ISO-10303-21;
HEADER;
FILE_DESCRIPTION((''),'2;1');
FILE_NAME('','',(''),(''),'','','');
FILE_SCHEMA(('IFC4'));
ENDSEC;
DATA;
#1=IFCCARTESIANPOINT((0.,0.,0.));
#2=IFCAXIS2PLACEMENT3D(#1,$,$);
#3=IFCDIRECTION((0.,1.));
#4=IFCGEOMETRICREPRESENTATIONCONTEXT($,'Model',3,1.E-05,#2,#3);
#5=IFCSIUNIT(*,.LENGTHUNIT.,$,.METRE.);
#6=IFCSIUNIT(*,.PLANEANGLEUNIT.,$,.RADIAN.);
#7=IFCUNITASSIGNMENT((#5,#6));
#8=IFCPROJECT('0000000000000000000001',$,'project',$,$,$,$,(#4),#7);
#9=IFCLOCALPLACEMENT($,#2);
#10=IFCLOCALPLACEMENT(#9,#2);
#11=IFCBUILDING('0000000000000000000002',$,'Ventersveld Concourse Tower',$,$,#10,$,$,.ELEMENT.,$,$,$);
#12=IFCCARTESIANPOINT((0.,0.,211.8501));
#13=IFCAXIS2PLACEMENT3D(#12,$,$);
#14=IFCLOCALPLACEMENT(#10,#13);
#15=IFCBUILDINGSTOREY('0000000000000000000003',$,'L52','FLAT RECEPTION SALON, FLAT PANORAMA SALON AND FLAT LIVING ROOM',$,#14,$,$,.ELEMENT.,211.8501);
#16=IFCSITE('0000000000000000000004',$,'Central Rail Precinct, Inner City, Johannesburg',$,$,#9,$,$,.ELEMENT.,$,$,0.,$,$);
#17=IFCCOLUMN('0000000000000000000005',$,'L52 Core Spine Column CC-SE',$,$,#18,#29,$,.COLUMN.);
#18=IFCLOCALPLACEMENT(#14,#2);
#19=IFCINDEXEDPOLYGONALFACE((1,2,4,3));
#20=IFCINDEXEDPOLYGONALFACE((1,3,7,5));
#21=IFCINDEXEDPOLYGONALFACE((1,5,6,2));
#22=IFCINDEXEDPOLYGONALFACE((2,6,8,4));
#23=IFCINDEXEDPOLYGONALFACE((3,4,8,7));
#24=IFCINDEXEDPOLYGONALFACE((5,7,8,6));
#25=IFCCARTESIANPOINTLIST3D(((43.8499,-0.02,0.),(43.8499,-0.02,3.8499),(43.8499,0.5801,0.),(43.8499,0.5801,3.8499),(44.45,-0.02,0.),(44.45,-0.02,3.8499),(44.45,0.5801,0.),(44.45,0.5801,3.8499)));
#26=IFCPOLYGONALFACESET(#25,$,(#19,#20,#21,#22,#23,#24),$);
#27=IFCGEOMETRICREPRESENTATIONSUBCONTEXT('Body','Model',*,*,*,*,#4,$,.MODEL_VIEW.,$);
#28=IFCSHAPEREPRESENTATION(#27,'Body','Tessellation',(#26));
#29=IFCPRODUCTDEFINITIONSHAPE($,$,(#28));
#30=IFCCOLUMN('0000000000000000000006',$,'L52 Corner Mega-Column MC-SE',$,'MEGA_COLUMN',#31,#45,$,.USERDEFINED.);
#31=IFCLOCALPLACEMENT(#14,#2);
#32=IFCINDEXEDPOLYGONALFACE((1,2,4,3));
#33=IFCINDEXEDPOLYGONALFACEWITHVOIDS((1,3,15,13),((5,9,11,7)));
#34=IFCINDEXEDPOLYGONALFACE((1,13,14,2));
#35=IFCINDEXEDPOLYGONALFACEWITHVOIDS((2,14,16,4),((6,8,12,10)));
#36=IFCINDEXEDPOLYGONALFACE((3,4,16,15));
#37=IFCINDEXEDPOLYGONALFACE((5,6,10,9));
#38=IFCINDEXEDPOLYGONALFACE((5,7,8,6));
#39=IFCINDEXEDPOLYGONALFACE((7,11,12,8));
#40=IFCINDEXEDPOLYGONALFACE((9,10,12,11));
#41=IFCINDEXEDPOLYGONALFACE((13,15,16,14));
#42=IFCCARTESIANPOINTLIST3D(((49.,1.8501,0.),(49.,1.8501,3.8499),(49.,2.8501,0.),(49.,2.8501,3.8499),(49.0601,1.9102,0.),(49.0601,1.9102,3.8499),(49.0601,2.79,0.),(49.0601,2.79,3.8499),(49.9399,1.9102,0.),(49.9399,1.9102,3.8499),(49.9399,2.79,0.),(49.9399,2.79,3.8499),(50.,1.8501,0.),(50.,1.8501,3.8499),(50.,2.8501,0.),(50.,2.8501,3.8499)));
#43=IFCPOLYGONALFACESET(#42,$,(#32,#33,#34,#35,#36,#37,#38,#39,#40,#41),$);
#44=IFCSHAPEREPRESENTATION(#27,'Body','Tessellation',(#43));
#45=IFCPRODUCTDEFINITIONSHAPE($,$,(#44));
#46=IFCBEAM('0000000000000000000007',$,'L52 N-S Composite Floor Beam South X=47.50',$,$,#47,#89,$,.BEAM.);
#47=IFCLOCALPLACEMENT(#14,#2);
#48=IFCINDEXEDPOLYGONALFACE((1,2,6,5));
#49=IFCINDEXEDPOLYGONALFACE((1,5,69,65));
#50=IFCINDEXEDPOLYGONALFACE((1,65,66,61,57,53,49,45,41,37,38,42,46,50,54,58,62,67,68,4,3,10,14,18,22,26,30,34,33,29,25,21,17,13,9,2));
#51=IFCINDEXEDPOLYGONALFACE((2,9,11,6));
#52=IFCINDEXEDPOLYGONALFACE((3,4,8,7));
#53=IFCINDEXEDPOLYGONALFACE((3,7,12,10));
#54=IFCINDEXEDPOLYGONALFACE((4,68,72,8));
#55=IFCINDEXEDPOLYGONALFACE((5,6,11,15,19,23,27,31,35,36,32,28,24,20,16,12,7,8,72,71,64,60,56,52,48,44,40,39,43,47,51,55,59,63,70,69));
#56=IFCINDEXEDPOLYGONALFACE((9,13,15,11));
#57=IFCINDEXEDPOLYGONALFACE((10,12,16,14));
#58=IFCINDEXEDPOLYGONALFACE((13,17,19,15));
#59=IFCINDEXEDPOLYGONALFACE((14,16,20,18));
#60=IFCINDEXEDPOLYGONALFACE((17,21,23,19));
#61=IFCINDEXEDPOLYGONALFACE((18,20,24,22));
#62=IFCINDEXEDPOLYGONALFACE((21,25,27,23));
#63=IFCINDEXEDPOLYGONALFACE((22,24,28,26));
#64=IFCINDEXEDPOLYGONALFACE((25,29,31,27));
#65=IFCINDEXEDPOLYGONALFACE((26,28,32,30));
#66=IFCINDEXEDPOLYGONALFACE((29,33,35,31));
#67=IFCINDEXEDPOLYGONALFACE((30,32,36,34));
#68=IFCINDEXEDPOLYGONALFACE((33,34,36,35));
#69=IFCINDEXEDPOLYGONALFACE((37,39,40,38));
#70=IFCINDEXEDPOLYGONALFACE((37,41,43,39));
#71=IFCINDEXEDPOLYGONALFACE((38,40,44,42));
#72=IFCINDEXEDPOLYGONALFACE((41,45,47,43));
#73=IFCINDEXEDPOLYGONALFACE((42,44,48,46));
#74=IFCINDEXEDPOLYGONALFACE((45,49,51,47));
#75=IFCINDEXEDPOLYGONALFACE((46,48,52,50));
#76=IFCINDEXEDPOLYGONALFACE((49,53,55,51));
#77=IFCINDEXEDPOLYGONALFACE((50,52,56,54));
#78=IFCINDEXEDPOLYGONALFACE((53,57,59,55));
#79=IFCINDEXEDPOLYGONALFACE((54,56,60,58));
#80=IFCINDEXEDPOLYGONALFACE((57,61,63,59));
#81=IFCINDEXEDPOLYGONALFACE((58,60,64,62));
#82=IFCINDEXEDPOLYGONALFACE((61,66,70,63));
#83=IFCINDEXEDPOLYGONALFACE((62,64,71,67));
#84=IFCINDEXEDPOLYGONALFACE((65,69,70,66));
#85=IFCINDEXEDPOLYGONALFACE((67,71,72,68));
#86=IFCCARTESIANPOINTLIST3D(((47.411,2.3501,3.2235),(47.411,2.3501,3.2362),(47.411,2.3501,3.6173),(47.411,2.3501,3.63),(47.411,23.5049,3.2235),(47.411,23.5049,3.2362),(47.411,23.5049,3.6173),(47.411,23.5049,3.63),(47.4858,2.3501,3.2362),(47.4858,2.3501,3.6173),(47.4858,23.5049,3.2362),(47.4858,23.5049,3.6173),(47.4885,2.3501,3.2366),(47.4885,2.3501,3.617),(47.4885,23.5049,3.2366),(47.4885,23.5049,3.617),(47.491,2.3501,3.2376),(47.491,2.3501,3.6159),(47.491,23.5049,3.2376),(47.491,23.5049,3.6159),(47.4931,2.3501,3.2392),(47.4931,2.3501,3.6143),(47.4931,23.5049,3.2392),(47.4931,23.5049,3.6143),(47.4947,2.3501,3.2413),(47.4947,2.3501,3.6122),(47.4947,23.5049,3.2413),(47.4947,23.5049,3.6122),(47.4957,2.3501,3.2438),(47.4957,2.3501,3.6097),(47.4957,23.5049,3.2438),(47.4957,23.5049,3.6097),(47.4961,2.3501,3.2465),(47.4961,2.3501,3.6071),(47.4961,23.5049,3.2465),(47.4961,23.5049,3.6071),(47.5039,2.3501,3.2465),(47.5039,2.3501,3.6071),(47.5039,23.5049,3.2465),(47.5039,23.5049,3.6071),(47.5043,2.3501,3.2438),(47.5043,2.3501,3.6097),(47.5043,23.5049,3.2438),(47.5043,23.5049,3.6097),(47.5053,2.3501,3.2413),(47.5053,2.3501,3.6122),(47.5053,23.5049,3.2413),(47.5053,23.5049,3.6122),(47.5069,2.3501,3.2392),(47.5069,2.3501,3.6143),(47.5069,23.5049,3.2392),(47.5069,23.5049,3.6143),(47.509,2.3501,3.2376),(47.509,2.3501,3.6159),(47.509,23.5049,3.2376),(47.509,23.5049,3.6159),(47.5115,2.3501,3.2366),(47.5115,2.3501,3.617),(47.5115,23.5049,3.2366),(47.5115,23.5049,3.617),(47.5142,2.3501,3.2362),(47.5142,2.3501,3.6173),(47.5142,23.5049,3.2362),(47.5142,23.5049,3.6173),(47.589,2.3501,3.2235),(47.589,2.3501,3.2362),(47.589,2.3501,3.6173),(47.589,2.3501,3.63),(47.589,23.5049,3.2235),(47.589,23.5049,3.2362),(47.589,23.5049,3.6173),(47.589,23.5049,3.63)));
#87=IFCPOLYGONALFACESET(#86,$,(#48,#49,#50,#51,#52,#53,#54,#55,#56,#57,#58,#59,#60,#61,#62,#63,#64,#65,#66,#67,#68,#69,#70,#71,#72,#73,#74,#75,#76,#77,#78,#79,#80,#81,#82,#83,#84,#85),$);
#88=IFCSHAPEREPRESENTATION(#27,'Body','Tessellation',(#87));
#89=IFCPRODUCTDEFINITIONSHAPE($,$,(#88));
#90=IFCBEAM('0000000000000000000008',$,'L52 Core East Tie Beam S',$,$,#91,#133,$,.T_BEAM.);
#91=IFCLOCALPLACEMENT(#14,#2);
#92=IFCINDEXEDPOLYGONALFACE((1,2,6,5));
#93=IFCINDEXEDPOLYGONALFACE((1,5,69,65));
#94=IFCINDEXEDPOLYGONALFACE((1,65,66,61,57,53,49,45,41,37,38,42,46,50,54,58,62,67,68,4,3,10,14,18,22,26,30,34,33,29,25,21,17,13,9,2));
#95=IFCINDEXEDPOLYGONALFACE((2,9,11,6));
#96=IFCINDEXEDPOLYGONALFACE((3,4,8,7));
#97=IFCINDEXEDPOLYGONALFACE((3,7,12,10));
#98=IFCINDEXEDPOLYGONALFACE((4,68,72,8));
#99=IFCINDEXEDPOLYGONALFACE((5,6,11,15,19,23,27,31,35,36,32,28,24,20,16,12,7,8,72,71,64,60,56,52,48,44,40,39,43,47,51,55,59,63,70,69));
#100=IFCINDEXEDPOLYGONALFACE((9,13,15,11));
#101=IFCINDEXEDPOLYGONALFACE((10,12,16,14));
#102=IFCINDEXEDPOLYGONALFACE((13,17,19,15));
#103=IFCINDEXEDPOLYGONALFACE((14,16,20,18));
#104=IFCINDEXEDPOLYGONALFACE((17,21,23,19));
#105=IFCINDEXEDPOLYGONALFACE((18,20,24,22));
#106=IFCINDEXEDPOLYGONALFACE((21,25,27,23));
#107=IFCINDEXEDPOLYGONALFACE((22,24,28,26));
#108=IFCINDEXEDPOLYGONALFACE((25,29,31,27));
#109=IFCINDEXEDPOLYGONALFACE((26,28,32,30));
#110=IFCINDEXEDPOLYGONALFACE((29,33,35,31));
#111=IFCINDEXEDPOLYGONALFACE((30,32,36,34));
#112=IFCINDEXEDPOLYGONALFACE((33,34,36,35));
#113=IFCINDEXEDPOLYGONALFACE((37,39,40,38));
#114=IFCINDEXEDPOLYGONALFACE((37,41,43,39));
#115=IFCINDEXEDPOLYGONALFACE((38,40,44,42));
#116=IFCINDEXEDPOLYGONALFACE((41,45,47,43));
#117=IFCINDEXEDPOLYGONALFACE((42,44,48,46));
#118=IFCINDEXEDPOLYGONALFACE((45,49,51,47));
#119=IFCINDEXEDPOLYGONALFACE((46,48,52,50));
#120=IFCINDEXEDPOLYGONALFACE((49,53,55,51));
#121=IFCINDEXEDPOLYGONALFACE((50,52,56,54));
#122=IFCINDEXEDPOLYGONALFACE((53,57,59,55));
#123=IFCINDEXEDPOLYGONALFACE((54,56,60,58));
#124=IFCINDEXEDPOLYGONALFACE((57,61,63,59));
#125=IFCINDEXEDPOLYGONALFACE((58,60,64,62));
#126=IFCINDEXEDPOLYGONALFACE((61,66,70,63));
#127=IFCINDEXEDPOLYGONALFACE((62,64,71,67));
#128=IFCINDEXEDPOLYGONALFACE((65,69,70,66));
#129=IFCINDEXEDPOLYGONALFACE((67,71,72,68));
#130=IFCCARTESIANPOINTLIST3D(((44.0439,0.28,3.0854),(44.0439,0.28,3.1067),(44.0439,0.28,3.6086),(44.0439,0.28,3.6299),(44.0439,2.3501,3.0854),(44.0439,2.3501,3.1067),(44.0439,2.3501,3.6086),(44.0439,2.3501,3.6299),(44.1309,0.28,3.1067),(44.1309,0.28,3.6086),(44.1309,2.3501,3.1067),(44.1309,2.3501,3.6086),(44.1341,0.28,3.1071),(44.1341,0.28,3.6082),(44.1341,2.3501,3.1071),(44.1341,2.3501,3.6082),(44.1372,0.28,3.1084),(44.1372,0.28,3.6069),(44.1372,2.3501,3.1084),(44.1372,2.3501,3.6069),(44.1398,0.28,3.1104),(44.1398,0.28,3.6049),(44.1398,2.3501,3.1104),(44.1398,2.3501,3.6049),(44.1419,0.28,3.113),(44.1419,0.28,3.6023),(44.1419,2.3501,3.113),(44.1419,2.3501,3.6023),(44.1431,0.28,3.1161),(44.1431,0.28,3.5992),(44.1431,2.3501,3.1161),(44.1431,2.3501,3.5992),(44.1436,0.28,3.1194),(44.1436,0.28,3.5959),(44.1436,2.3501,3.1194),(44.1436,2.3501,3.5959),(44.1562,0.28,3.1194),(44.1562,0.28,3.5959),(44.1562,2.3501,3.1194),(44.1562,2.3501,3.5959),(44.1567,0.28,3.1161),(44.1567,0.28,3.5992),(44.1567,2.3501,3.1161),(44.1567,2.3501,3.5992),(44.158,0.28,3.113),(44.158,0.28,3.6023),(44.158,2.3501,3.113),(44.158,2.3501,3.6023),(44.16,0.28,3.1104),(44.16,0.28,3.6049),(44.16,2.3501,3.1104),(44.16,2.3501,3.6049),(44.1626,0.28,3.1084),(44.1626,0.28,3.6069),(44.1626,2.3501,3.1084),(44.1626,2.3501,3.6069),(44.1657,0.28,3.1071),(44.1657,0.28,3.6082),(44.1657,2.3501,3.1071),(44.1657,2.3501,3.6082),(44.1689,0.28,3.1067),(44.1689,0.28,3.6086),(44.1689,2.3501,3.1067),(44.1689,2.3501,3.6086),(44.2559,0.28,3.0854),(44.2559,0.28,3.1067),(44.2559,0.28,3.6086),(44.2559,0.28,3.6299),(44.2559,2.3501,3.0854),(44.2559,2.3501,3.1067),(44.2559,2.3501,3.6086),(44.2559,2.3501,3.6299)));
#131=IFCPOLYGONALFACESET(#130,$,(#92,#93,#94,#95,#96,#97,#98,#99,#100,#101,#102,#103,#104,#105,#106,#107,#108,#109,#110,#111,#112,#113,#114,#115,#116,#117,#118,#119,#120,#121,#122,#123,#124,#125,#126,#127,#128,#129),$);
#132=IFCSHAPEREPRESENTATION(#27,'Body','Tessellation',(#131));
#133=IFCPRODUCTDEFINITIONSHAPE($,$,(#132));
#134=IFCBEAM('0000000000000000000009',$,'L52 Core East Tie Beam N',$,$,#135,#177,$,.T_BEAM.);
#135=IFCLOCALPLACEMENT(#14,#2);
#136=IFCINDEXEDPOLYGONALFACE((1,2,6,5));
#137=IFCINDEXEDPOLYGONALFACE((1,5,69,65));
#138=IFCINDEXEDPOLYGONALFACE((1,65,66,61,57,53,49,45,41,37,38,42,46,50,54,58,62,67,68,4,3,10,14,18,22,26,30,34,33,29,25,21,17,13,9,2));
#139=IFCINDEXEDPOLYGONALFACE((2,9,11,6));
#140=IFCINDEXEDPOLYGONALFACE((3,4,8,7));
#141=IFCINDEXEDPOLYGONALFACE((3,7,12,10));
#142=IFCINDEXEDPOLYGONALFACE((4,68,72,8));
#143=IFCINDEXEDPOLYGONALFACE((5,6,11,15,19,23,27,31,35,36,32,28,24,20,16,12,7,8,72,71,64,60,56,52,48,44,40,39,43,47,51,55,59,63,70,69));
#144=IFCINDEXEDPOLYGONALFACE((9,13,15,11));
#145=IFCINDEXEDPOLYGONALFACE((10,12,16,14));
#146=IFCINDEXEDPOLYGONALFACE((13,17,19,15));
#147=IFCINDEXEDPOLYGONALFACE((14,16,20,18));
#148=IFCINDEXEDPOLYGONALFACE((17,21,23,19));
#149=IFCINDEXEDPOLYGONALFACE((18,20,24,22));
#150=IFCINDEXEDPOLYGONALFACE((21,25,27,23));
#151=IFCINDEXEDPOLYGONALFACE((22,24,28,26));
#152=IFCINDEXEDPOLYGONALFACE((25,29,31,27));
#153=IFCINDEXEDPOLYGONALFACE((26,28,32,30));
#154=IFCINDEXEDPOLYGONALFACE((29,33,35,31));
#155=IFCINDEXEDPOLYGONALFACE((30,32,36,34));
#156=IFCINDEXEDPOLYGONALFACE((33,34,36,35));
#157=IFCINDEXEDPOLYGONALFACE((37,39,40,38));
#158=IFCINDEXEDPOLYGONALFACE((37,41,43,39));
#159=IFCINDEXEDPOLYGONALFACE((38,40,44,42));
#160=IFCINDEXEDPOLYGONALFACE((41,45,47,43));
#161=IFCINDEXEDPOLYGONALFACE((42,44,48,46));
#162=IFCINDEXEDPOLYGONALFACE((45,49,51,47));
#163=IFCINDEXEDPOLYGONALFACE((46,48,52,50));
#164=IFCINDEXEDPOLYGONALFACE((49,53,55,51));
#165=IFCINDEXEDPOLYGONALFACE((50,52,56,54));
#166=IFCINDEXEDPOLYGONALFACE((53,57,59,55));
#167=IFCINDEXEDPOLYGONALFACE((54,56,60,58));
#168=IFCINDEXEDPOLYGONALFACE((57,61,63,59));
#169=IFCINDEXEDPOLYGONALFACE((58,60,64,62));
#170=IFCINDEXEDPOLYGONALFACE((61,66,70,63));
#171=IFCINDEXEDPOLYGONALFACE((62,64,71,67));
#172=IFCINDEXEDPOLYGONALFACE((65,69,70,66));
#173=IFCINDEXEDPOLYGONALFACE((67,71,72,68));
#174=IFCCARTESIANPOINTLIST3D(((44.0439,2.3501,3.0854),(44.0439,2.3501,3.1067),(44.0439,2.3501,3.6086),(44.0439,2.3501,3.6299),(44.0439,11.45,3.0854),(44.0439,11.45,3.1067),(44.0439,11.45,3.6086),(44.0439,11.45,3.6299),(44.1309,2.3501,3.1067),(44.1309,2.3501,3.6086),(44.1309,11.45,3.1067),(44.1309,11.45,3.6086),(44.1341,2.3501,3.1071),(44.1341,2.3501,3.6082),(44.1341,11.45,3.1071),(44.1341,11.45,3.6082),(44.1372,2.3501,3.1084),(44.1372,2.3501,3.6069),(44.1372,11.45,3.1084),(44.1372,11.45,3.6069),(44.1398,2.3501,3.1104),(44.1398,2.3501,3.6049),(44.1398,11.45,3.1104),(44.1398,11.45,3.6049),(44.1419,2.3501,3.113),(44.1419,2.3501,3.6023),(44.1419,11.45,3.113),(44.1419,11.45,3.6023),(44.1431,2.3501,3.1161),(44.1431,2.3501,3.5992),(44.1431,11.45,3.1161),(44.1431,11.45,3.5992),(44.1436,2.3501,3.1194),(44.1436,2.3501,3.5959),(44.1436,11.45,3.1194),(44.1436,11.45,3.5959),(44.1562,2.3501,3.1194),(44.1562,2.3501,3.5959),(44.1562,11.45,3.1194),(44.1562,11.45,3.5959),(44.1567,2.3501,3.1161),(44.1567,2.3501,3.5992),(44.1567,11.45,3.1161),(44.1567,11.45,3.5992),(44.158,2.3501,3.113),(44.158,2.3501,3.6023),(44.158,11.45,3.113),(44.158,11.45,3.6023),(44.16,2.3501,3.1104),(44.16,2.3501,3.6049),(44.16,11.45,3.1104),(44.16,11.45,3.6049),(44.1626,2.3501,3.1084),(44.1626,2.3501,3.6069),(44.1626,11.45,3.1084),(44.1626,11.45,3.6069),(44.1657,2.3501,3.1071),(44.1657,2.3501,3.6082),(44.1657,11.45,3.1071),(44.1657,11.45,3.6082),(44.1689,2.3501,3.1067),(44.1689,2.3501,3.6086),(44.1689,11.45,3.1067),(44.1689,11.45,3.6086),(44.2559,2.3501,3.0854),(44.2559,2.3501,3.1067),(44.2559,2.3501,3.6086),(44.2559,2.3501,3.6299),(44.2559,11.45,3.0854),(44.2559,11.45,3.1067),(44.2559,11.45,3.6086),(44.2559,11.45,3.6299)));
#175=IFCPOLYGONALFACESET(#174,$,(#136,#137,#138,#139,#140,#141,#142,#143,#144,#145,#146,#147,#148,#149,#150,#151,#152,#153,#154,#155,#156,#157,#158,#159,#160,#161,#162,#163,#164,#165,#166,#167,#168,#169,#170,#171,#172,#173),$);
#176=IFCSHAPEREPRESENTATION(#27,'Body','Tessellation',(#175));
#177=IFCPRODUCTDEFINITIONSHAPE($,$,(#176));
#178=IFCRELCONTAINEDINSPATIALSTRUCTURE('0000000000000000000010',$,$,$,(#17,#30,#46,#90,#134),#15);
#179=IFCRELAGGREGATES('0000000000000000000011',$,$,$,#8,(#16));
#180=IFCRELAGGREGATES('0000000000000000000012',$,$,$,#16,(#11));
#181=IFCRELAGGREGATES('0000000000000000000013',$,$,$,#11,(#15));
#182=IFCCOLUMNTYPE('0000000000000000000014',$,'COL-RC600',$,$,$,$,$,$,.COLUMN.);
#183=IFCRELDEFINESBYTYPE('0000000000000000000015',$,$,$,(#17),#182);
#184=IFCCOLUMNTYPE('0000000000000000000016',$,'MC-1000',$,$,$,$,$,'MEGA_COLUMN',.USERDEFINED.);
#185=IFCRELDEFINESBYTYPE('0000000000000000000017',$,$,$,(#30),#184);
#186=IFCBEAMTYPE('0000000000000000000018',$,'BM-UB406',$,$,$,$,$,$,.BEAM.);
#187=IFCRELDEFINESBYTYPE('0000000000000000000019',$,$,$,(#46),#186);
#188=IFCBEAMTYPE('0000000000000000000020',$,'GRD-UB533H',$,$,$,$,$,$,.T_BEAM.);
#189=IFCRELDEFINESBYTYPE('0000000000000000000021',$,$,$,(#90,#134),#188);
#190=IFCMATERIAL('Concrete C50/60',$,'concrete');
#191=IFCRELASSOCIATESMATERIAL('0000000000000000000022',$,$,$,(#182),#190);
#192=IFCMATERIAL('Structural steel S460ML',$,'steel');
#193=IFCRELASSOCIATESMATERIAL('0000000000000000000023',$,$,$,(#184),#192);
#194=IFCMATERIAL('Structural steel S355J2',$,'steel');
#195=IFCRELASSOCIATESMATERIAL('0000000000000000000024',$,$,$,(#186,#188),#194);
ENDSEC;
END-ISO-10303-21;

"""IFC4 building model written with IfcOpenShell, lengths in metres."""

from ifc_helpers import new_model, si_unit, direction, frame, origin, origin_2d, place, context, subcontext, project, spatial, rectangle, hollow_rectangle, i_section, extrude, material, material_profile, profile_set, type_object, element, save


model = new_model("IFC4")

# Units and contexts
model_context = context("Model", 3, precision=1e-05, world=origin(), true_north=direction((0.0, 1.0)))
body_context = subcontext(model_context, "Body", "Model", "MODEL_VIEW")
ifc_project = project(units=[si_unit("LENGTHUNIT", "METRE"), si_unit("PLANEANGLEUNIT", "RADIAN")], contexts=[model_context])

# Site, building, storey
site_placement = place(None, origin())
site = spatial("IfcSite", under=ifc_project, at=site_placement, Name="Central Rail Precinct, Inner City, Johannesburg", CompositionType="ELEMENT", RefElevation=0.0)
building_placement = place(site_placement, origin())
building = spatial("IfcBuilding", under=site, at=building_placement, Name="Ventersveld Concourse Tower", CompositionType="ELEMENT")
storey_placement = place(building_placement, frame((0.0, 0.0, 211.8501)))
storey = spatial("IfcBuildingStorey", under=building, at=storey_placement, Name="L52", Description="FLAT RECEPTION SALON, FLAT PANORAMA SALON AND FLAT LIVING ROOM", CompositionType="ELEMENT", Elevation=211.8501)

# Columns
ifc_material_1 = material(Name="Concrete C50/60", Category="concrete")
ifc_material_profile_1 = material_profile(ifc_material_1, rectangle(XDim=0.6001, YDim=0.6001, at=origin_2d()), Name="RC 600x600")
ifc_profile_set_1 = profile_set([ifc_material_profile_1], Name="Concrete C50/60")
column_type_1 = type_object("IfcColumnType", Name="COL-RC600", PredefinedType="COLUMN", material=ifc_profile_set_1)
column_1_placement = place(storey_placement, frame((44.1499, 0.28, 0.0), z_axis=(0.0, 0.0, 1.0), x_axis=(1.0, 0.0, 0.0)))
element("IfcColumn", 1, at=column_1_placement, inside=storey, type_object=column_type_1, Name="L52 Core Spine Column CC-SE", PredefinedType="COLUMN", context=body_context, shape_type="SweptSolid", body=[
    extrude(rectangle(XDim=0.6001, YDim=0.6001, at=origin_2d()), origin(), (0.0, 0.0, 1.0), 3.8499),
])
ifc_material_2 = material(Name="Structural steel S460ML", Category="steel")
ifc_material_profile_2 = material_profile(ifc_material_2, hollow_rectangle(XDim=1.0, YDim=1.0, WallThickness=0.0601, at=origin_2d()), Name="BOX 1000x1000x60")
ifc_profile_set_2 = profile_set([ifc_material_profile_2], Name="Structural steel S460ML")
column_type_2 = type_object("IfcColumnType", Name="MC-1000", ElementType="MEGA_COLUMN", PredefinedType="USERDEFINED", material=ifc_profile_set_2)
column_2_placement = place(storey_placement, frame((49.5, 2.3501, 0.0), z_axis=(0.0, 0.0, 1.0), x_axis=(1.0, 0.0, 0.0)))
element("IfcColumn", 2, at=column_2_placement, inside=storey, type_object=column_type_2, Name="L52 Corner Mega-Column MC-SE", ObjectType="MEGA_COLUMN", PredefinedType="USERDEFINED", context=body_context, shape_type="SweptSolid", body=[
    extrude(hollow_rectangle(XDim=1.0, YDim=1.0, WallThickness=0.0601, at=origin_2d()), origin(), (0.0, 0.0, 1.0), 3.8499),
])

# Beams
ifc_material_3 = material(Name="Structural steel S355J2", Category="steel")
ifc_material_profile_3 = material_profile(ifc_material_3, i_section(OverallWidth=0.178, OverallDepth=0.4065, WebThickness=0.0078, FlangeThickness=0.0127, FilletRadius=0.0103, at=origin_2d()), Name="UB 406x178x60")
ifc_profile_set_3 = profile_set([ifc_material_profile_3], Name="Structural steel S355J2")
beam_type_1 = type_object("IfcBeamType", Name="BM-UB406", PredefinedType="BEAM", material=ifc_profile_set_3)
beam_1_placement = place(storey_placement, frame((47.5, 2.3501, 3.4268), z_axis=(0.0, 1.0, 0.0), x_axis=(-1.0, 0.0, 0.0)))
element("IfcBeam", 3, at=beam_1_placement, inside=storey, type_object=beam_type_1, Name="L52 N-S Composite Floor Beam South X=47.50", PredefinedType="BEAM", context=body_context, shape_type="SweptSolid", body=[
    extrude(i_section(OverallWidth=0.178, OverallDepth=0.4065, WebThickness=0.0078, FlangeThickness=0.0127, FilletRadius=0.0103, at=origin_2d()), origin(), (0.0, 0.0, 1.0), 21.1548),
])
ifc_material_profile_4 = material_profile(ifc_material_3, i_section(OverallWidth=0.2119, OverallDepth=0.5444, WebThickness=0.0127, FlangeThickness=0.0212, FilletRadius=0.0127, at=origin_2d()), Name="UB 533x210x122")
ifc_profile_set_4 = profile_set([ifc_material_profile_4], Name="Structural steel S355J2")
beam_type_2 = type_object("IfcBeamType", Name="GRD-UB533H", PredefinedType="T_BEAM", material=ifc_profile_set_4)
beam_2_placement = place(storey_placement, frame((44.1499, 0.28, 3.3577), z_axis=(0.0, 1.0, 0.0), x_axis=(-1.0, 0.0, 0.0)))
element("IfcBeam", 4, at=beam_2_placement, inside=storey, type_object=beam_type_2, Name="L52 Core East Tie Beam S", PredefinedType="T_BEAM", context=body_context, shape_type="SweptSolid", body=[
    extrude(i_section(OverallWidth=0.2119, OverallDepth=0.5444, WebThickness=0.0127, FlangeThickness=0.0212, FilletRadius=0.0127, at=origin_2d()), origin(), (0.0, 0.0, 1.0), 2.0701),
])
beam_3_placement = place(storey_placement, frame((44.1499, 2.3501, 3.3577), z_axis=(0.0, 1.0, 0.0), x_axis=(-1.0, 0.0, 0.0)))
element("IfcBeam", 5, at=beam_3_placement, inside=storey, type_object=beam_type_2, Name="L52 Core East Tie Beam N", PredefinedType="T_BEAM", context=body_context, shape_type="SweptSolid", body=[
    extrude(i_section(OverallWidth=0.2119, OverallDepth=0.5444, WebThickness=0.0127, FlangeThickness=0.0212, FilletRadius=0.0127, at=origin_2d()), origin(), (0.0, 0.0, 1.0), 9.0999),
])

save(model, "model.ifc")
